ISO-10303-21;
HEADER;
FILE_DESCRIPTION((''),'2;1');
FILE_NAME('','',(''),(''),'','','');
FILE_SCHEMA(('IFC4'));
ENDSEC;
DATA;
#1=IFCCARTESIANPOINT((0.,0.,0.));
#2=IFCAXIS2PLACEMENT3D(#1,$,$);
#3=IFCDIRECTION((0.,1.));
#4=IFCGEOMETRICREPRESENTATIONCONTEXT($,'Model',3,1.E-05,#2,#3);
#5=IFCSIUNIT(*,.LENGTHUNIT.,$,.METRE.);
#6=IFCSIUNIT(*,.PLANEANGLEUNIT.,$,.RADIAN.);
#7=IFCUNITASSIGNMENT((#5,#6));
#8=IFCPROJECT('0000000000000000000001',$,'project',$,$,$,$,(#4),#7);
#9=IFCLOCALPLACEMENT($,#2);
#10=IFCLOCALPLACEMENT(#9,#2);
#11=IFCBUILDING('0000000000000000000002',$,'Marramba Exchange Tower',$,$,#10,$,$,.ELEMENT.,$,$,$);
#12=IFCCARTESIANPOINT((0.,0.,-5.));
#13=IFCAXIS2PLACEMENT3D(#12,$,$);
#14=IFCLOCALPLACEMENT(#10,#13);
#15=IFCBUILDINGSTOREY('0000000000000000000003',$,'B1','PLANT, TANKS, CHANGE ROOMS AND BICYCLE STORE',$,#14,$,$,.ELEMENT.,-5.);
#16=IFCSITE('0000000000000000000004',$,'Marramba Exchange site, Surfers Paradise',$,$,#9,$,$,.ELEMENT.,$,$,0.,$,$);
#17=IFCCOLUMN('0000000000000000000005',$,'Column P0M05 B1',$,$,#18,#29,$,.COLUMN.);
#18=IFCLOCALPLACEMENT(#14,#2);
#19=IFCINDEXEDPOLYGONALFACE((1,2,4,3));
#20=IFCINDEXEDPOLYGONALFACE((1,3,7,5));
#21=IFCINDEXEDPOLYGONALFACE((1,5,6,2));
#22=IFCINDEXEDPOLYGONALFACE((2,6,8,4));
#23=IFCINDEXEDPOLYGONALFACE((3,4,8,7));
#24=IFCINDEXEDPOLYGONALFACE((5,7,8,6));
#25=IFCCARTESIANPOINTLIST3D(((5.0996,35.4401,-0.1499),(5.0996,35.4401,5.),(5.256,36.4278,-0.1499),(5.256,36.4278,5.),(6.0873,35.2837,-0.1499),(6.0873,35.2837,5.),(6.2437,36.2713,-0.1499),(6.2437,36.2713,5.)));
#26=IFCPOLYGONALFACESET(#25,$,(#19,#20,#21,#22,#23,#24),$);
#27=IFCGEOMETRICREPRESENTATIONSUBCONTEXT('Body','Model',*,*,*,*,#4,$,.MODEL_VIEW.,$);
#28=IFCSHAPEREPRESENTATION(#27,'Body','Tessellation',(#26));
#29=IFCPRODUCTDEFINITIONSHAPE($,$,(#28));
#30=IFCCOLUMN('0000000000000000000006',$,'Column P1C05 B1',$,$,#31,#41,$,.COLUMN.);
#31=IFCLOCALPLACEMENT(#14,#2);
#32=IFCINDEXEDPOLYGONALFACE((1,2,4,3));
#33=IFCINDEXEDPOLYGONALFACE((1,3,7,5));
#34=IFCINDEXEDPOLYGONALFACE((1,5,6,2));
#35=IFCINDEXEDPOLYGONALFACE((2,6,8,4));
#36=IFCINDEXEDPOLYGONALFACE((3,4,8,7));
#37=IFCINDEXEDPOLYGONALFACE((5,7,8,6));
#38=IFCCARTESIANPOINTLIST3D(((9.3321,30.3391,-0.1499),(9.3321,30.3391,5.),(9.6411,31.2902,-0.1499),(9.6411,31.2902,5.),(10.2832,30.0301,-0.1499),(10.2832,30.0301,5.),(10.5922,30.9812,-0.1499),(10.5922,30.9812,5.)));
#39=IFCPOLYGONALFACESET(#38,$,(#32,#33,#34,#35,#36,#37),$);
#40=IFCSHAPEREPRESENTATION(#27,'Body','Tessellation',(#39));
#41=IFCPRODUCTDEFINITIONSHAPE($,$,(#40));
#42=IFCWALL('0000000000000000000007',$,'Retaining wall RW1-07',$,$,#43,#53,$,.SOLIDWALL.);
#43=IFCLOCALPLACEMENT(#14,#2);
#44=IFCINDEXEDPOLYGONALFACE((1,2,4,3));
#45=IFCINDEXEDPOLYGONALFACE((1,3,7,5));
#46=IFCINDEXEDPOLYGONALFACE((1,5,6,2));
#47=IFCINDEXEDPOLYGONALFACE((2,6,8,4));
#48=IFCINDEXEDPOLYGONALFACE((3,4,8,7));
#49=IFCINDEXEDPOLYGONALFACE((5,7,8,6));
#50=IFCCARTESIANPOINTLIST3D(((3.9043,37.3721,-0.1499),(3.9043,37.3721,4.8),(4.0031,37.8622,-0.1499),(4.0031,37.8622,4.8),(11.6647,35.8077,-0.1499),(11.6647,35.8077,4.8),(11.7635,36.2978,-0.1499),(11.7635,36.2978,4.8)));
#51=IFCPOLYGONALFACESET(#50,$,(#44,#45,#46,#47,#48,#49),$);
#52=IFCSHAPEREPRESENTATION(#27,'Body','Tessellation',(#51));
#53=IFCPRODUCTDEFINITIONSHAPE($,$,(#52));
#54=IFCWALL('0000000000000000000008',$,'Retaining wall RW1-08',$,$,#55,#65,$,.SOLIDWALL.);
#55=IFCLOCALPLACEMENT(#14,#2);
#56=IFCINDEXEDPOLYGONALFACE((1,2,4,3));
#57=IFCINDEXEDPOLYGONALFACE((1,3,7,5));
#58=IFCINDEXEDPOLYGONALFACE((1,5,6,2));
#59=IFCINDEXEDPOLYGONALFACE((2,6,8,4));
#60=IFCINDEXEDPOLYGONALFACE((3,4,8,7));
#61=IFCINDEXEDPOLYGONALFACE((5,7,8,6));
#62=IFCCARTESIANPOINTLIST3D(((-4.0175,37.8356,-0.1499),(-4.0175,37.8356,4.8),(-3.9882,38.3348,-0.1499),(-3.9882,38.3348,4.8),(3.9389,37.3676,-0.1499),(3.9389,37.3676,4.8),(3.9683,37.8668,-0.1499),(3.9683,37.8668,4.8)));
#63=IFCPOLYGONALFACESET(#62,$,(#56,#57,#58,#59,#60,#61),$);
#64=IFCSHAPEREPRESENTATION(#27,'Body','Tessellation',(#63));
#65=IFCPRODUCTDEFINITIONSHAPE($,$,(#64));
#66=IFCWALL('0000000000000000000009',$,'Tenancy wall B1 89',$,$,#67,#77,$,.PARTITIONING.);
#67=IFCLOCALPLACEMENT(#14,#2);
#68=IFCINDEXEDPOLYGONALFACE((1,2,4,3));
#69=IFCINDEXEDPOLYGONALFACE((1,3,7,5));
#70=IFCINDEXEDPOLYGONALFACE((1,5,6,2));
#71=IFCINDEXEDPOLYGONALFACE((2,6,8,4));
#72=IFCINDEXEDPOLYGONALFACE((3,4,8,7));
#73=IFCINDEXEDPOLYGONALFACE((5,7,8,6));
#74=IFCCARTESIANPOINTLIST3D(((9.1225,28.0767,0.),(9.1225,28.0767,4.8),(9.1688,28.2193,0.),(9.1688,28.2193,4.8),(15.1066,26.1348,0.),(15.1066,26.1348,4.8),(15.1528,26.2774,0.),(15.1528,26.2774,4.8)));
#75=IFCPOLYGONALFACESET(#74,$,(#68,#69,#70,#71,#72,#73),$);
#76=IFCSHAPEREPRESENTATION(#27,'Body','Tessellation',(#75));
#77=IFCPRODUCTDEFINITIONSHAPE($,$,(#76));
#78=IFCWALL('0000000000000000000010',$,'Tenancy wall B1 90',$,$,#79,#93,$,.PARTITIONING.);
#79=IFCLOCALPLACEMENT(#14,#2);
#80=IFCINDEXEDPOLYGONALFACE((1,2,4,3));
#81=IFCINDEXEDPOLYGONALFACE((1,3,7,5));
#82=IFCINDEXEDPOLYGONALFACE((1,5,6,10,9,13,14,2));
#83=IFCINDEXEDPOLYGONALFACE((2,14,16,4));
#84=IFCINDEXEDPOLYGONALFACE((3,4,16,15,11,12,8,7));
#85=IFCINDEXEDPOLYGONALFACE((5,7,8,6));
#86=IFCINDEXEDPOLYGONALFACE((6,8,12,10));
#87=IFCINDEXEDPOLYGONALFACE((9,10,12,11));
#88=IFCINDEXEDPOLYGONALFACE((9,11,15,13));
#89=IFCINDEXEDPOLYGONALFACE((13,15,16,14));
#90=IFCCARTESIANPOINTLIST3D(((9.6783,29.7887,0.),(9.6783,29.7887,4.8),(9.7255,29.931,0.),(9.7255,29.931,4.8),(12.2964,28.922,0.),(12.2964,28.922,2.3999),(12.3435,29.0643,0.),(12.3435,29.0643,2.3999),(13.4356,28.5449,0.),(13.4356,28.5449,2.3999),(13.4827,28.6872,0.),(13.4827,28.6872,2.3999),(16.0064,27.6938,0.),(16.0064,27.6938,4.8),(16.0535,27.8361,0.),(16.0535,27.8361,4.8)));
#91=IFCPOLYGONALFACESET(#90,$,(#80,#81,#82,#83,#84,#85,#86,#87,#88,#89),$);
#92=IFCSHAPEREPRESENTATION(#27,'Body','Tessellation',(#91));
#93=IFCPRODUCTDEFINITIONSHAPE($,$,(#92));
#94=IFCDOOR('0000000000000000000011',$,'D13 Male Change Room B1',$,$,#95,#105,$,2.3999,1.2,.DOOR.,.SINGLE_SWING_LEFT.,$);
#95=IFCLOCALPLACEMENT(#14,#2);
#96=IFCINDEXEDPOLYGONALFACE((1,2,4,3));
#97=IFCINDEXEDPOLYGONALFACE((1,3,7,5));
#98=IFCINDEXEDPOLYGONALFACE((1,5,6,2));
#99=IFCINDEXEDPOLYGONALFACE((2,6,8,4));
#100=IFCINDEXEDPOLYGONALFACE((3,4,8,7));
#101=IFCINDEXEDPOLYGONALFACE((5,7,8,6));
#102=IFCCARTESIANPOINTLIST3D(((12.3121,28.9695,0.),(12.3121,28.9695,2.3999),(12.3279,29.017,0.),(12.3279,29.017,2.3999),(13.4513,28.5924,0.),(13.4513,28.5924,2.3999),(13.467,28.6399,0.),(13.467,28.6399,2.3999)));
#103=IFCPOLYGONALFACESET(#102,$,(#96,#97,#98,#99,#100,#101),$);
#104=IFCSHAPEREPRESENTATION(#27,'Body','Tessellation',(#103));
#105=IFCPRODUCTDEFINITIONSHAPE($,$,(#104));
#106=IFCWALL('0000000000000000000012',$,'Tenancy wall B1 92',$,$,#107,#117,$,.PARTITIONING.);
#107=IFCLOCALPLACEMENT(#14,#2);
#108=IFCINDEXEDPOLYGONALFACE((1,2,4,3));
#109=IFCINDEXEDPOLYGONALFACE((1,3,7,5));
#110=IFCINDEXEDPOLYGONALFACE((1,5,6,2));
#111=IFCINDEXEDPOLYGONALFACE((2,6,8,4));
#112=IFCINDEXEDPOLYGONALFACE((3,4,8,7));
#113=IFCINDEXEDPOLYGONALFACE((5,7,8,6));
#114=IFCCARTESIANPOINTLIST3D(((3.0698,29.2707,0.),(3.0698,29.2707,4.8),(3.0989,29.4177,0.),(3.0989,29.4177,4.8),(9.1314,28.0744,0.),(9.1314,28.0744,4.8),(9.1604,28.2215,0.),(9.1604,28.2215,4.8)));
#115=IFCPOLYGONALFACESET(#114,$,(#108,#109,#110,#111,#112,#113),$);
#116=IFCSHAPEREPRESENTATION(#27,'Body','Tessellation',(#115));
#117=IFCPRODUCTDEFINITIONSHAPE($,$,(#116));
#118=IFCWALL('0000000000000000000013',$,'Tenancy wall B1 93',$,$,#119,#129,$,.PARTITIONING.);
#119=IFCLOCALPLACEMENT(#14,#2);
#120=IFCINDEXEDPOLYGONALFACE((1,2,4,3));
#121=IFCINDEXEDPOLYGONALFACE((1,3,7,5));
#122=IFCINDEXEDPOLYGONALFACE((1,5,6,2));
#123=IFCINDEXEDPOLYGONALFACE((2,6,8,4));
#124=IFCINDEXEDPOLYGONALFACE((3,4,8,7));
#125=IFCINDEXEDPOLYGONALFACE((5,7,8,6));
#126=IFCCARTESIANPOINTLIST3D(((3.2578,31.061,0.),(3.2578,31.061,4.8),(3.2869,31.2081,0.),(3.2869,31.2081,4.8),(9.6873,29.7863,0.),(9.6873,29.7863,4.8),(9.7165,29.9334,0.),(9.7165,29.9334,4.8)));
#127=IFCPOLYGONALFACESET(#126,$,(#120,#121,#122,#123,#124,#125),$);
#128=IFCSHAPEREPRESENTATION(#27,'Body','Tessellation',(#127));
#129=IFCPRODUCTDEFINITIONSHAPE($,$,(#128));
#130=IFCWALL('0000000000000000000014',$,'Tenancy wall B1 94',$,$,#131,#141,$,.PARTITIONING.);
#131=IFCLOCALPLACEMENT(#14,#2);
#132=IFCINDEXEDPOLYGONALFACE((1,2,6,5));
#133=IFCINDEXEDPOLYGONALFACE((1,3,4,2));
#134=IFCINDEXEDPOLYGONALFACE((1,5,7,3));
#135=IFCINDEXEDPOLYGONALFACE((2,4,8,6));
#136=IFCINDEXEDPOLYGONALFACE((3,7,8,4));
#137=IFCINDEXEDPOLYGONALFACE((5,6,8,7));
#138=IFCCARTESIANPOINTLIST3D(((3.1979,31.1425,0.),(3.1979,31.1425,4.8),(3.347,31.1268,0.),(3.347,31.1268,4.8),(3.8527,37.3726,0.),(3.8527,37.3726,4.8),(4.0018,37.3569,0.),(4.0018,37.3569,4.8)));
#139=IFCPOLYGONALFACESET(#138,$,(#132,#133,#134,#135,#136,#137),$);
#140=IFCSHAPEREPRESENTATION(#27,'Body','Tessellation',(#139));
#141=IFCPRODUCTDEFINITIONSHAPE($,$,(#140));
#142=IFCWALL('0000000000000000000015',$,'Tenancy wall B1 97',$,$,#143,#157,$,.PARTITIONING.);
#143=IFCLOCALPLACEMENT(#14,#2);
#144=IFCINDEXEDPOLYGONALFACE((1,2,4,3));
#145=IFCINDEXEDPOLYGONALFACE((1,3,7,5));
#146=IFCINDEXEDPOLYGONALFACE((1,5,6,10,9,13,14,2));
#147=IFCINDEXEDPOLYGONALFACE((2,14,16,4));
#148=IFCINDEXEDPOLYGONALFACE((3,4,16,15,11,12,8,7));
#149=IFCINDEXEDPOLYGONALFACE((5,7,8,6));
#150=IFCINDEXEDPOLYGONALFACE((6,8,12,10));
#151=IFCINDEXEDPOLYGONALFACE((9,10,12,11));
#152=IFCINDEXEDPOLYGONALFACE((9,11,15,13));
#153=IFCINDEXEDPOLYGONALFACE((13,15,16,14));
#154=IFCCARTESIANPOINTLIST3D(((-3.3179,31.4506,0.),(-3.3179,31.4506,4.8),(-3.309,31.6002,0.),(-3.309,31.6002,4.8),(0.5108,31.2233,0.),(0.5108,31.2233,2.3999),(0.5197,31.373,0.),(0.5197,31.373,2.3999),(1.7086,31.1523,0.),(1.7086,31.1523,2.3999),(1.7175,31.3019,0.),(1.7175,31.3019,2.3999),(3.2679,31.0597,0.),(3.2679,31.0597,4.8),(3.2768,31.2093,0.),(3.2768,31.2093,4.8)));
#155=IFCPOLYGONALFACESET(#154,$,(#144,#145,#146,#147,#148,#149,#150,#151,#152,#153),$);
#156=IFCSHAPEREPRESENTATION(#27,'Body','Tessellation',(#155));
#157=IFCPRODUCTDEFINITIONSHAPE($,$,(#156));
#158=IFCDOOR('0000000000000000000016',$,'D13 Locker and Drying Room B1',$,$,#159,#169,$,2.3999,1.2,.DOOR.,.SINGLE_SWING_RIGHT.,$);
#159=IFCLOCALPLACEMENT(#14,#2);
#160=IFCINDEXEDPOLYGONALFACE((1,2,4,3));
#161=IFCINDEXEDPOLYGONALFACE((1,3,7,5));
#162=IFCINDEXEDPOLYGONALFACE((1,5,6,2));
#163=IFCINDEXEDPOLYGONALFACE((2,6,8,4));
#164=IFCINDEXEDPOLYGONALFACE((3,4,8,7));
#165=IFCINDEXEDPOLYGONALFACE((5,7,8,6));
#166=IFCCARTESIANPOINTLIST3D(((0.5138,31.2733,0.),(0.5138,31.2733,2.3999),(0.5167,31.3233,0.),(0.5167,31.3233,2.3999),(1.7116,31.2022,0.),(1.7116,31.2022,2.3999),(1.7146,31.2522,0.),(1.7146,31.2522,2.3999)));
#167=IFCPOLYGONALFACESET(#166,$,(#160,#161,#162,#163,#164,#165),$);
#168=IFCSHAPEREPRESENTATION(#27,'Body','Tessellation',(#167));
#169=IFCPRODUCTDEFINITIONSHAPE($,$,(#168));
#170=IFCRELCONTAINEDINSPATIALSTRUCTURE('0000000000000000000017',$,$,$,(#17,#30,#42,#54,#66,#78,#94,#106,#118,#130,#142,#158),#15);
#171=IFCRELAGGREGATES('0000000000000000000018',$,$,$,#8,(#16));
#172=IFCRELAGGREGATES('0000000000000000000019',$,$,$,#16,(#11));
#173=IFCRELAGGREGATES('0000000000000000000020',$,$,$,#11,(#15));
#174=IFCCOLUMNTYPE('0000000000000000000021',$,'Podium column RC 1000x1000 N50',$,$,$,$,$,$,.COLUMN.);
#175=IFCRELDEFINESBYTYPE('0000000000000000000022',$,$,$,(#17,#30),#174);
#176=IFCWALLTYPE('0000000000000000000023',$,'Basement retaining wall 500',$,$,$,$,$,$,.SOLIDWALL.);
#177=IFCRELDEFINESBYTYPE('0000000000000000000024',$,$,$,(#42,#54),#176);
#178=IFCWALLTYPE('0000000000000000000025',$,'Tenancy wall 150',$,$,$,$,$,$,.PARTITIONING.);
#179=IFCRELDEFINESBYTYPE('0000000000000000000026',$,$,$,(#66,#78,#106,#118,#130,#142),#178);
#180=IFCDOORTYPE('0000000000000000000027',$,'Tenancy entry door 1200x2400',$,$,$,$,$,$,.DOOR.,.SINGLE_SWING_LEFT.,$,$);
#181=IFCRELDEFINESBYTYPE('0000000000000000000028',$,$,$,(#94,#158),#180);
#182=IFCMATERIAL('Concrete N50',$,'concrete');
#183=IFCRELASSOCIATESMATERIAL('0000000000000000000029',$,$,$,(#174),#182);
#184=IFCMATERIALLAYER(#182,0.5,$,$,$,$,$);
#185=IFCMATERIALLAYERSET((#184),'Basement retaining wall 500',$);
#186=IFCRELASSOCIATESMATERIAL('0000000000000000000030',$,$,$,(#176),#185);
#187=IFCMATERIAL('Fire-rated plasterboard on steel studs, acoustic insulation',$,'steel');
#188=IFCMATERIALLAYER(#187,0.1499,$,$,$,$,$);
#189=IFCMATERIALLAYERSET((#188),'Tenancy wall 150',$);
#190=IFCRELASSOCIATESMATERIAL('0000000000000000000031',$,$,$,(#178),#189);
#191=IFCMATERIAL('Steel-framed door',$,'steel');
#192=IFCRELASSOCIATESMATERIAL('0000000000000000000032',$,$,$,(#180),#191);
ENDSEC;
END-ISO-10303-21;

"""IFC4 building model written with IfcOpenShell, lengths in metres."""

from ifc_helpers import new_model, si_unit, direction, frame, frame_2d, origin, origin_2d, place, context, subcontext, project, spatial, rectangle, extrude, material, layer, layer_set, material_profile, profile_set, type_object, element, fill, save


model = new_model("IFC4")

# Units and contexts
model_context = context("Model", 3, precision=1e-05, world=origin(), true_north=direction((0.0, 1.0)))
body_context = subcontext(model_context, "Body", "Model", "MODEL_VIEW")
ifc_project = project(units=[si_unit("LENGTHUNIT", "METRE"), si_unit("PLANEANGLEUNIT", "RADIAN")], contexts=[model_context])

# Site, building, storey
site_placement = place(None, origin())
site = spatial("IfcSite", under=ifc_project, at=site_placement, Name="Marramba Exchange site, Surfers Paradise", CompositionType="ELEMENT", RefElevation=0.0)
building_placement = place(site_placement, origin())
building = spatial("IfcBuilding", under=site, at=building_placement, Name="Marramba Exchange Tower", CompositionType="ELEMENT")
storey_placement = place(building_placement, frame((0.0, 0.0, -5.0)))
storey = spatial("IfcBuildingStorey", under=building, at=storey_placement, Name="B1", Description="PLANT, TANKS, CHANGE ROOMS AND BICYCLE STORE", CompositionType="ELEMENT", Elevation=-5.0)

# Shared definitions
ifc_material_1 = material(Name="Concrete N50", Category="concrete")

# Columns
ifc_material_profile_1 = material_profile(ifc_material_1, rectangle(XDim=1.0, YDim=1.0, at=origin_2d()), Name="RC 1000x1000")
ifc_profile_set_1 = profile_set([ifc_material_profile_1], Name="Concrete N50")
column_type = type_object("IfcColumnType", Name="Podium column RC 1000x1000 N50", PredefinedType="COLUMN", material=ifc_profile_set_1)
for number, where, z_axis, x_axis, name in (
    (1, (5.6716, 35.8557, -0.1499), (0.0, 0.0, 1.0), (0.156434, 0.987688, 0.0), "Column P0M05 B1"),
    (2, (9.9622, 30.6602, -0.1499), (0.0, 0.0, 1.0), (0.309017, 0.951057, 0.0), "Column P1C05 B1"),
):
    element("IfcColumn", number, at=place(storey_placement, frame(where, z_axis=z_axis, x_axis=x_axis)), inside=storey, type_object=column_type, Name=name, PredefinedType="COLUMN", context=body_context, shape_type="SweptSolid", body=[
        extrude(rectangle(XDim=1.0, YDim=1.0, at=origin_2d()), origin(), (0.0, 0.0, 1.0), 5.1499),
    ])

# Walls
ifc_layer_1 = layer(ifc_material_1, 0.5)
ifc_layer_set_1 = layer_set([ifc_layer_1], Name="Basement retaining wall 500")
wall_type_1 = type_object("IfcWallType", Name="Basement retaining wall 500", PredefinedType="SOLIDWALL", material=ifc_layer_set_1)
wall_1_placement = place(storey_placement, frame((11.7141, 36.0527, -0.1499), z_axis=(0.0, 0.0, 1.0), x_axis=(-0.980279, 0.197616, 0.0)))
element("IfcWall", 3, at=wall_1_placement, inside=storey, type_object=wall_type_1, Name="Retaining wall RW1-07", PredefinedType="SOLIDWALL", context=body_context, shape_type="SweptSolid", body=[
    extrude(rectangle(XDim=7.9165, YDim=0.5, at=frame_2d((3.9583, 0.0))), origin(), (0.0, 0.0, 1.0), 4.95),
])
wall_2_placement = place(storey_placement, frame((3.9536, 37.6172, -0.1499), z_axis=(0.0, 0.0, 1.0), x_axis=(-0.998274, 0.05872, 0.0)))
element("IfcWall", 4, at=wall_2_placement, inside=storey, type_object=wall_type_1, Name="Retaining wall RW1-08", PredefinedType="SOLIDWALL", context=body_context, shape_type="SweptSolid", body=[
    extrude(rectangle(XDim=7.9702, YDim=0.5, at=frame_2d((3.9851, 0.0))), origin(), (0.0, 0.0, 1.0), 4.95),
])
ifc_material_2 = material(Name="Fire-rated plasterboard on steel studs, acoustic insulation", Category="steel")
ifc_layer_2 = layer(ifc_material_2, 0.1499)
ifc_layer_set_2 = layer_set([ifc_layer_2], Name="Tenancy wall 150")
wall_type_2 = type_object("IfcWallType", Name="Tenancy wall 150", PredefinedType="PARTITIONING", material=ifc_layer_set_2)
wall_3_placement = place(storey_placement, frame((9.1458, 28.1479, 0.0), z_axis=(0.0, 0.0, 1.0), x_axis=(0.951172, -0.308662, 0.0)))
element("IfcWall", 5, at=wall_3_placement, inside=storey, type_object=wall_type_2, Name="Tenancy wall B1 89", PredefinedType="PARTITIONING", context=body_context, shape_type="SweptSolid", body=[
    extrude(rectangle(XDim=6.2913, YDim=0.1499, at=frame_2d((3.1455, 0.0))), origin(), (0.0, 0.0, 1.0), 4.8),
])

# Wall, opening, door
wall_4_placement = place(storey_placement, frame((16.03, 27.7649, 0.0), z_axis=(0.0, 0.0, 1.0), x_axis=(-0.94933, 0.314282, 0.0)))
wall_4 = element("IfcWall", 6, at=wall_4_placement, inside=storey, type_object=wall_type_2, Name="Tenancy wall B1 90", PredefinedType="PARTITIONING", context=body_context, shape_type="SweptSolid", body=[
    extrude(rectangle(XDim=6.6658, YDim=0.1499, at=frame_2d((3.333, 0.0))), origin(), (0.0, 0.0, 1.0), 4.8),
])
opening_1_placement = place(wall_4_placement, frame((2.708, 0.0, 0.0)))
opening_1 = element("IfcOpeningElement", 7, at=opening_1_placement, cuts=wall_4, PredefinedType="OPENING", context=body_context, shape_type="SweptSolid", body=[
    extrude(rectangle(XDim=1.2, YDim=2.3999, at=frame_2d((0.6001, 1.2))), frame((0.0, 0.085, 0.0), z_axis=(0.0, -1.0, 0.0), x_axis=(1.0, 0.0, 0.0)), (0.0, 0.0, 1.0), 0.1699),
])
ifc_material_3 = material(Name="Steel-framed door", Category="steel")
door_type = type_object("IfcDoorType", Name="Tenancy entry door 1200x2400", OperationType="SINGLE_SWING_LEFT", PredefinedType="DOOR", material=ifc_material_3)
door_1_placement = place(opening_1_placement, origin())
door_1 = element("IfcDoor", 8, at=door_1_placement, inside=storey, type_object=door_type, Name="D13 Male Change Room B1", OperationType="SINGLE_SWING_LEFT", OverallHeight=2.3999, OverallWidth=1.2, PredefinedType="DOOR", context=body_context, shape_type="SweptSolid", body=[
    extrude(rectangle(XDim=1.2, YDim=2.3999, at=frame_2d((0.6001, 1.2))), frame((0.0, 0.0249, 0.0), z_axis=(0.0, -1.0, 0.0), x_axis=(1.0, 0.0, 0.0)), (0.0, 0.0, 1.0), 0.05),
])
fill(opening_1, door_1)

# Walls
wall_5_placement = place(storey_placement, frame((3.0842, 29.3442, 0.0), z_axis=(0.0, 0.0, 1.0), x_axis=(0.981076, -0.193623, 0.0)))
element("IfcWall", 9, at=wall_5_placement, inside=storey, type_object=wall_type_2, Name="Tenancy wall B1 92", PredefinedType="PARTITIONING", context=body_context, shape_type="SweptSolid", body=[
    extrude(rectangle(XDim=6.1785, YDim=0.1499, at=frame_2d((3.0894, 0.0))), origin(), (0.0, 0.0, 1.0), 4.8),
])
wall_6_placement = place(storey_placement, frame((9.7019, 29.8599, 0.0), z_axis=(0.0, 0.0, 1.0), x_axis=(-0.980909, 0.194468, 0.0)))
element("IfcWall", 10, at=wall_6_placement, inside=storey, type_object=wall_type_2, Name="Tenancy wall B1 93", PredefinedType="PARTITIONING", context=body_context, shape_type="SweptSolid", body=[
    extrude(rectangle(XDim=6.5547, YDim=0.1499, at=frame_2d((3.2773, 0.0))), origin(), (0.0, 0.0, 1.0), 4.8),
])
wall_7_placement = place(storey_placement, frame((3.2725, 31.1345, 0.0), z_axis=(0.0, 0.0, 1.0), x_axis=(0.104527, 0.994522, 0.0)))
element("IfcWall", 11, at=wall_7_placement, inside=storey, type_object=wall_type_2, Name="Tenancy wall B1 94", PredefinedType="PARTITIONING", context=body_context, shape_type="SweptSolid", body=[
    extrude(rectangle(XDim=6.2644, YDim=0.1499, at=frame_2d((3.1323, 0.0))), origin(), (0.0, 0.0, 1.0), 4.8),
])

# Wall, opening, door
wall_8_placement = place(storey_placement, frame((3.2725, 31.1345, 0.0), z_axis=(0.0, 0.0, 1.0), x_axis=(-0.998243, 0.059245, 0.0)))
wall_8 = element("IfcWall", 12, at=wall_8_placement, inside=storey, type_object=wall_type_2, Name="Tenancy wall B1 97", PredefinedType="PARTITIONING", context=body_context, shape_type="SweptSolid", body=[
    extrude(rectangle(XDim=6.5974, YDim=0.1499, at=frame_2d((3.2988, 0.0))), origin(), (0.0, 0.0, 1.0), 4.8),
])
opening_2_placement = place(wall_8_placement, frame((1.562, 0.0, 0.0)))
opening_2 = element("IfcOpeningElement", 13, at=opening_2_placement, cuts=wall_8, PredefinedType="OPENING", context=body_context, shape_type="SweptSolid", body=[
    extrude(rectangle(XDim=1.2, YDim=2.3999, at=frame_2d((0.6001, 1.2))), frame((0.0, 0.085, 0.0), z_axis=(0.0, -1.0, 0.0), x_axis=(1.0, 0.0, 0.0)), (0.0, 0.0, 1.0), 0.1699),
])
door_2_placement = place(opening_2_placement, frame((1.2, 0.0, 0.0), z_axis=(0.0, 0.0, 1.0), x_axis=(-1.0, 0.0, 0.0)))
door_2 = element("IfcDoor", 14, at=door_2_placement, inside=storey, type_object=door_type, Name="D13 Locker and Drying Room B1", OperationType="SINGLE_SWING_RIGHT", OverallHeight=2.3999, OverallWidth=1.2, PredefinedType="DOOR", context=body_context, shape_type="SweptSolid", body=[
    extrude(rectangle(XDim=1.2, YDim=2.3999, at=frame_2d((0.5999, 1.2))), frame((0.0, 0.0251, 0.0), z_axis=(0.0, -1.0, 0.0), x_axis=(1.0, 0.0, 0.0)), (0.0, 0.0, 1.0), 0.05),
])
fill(opening_2, door_2)

save(model, "model.ifc")
